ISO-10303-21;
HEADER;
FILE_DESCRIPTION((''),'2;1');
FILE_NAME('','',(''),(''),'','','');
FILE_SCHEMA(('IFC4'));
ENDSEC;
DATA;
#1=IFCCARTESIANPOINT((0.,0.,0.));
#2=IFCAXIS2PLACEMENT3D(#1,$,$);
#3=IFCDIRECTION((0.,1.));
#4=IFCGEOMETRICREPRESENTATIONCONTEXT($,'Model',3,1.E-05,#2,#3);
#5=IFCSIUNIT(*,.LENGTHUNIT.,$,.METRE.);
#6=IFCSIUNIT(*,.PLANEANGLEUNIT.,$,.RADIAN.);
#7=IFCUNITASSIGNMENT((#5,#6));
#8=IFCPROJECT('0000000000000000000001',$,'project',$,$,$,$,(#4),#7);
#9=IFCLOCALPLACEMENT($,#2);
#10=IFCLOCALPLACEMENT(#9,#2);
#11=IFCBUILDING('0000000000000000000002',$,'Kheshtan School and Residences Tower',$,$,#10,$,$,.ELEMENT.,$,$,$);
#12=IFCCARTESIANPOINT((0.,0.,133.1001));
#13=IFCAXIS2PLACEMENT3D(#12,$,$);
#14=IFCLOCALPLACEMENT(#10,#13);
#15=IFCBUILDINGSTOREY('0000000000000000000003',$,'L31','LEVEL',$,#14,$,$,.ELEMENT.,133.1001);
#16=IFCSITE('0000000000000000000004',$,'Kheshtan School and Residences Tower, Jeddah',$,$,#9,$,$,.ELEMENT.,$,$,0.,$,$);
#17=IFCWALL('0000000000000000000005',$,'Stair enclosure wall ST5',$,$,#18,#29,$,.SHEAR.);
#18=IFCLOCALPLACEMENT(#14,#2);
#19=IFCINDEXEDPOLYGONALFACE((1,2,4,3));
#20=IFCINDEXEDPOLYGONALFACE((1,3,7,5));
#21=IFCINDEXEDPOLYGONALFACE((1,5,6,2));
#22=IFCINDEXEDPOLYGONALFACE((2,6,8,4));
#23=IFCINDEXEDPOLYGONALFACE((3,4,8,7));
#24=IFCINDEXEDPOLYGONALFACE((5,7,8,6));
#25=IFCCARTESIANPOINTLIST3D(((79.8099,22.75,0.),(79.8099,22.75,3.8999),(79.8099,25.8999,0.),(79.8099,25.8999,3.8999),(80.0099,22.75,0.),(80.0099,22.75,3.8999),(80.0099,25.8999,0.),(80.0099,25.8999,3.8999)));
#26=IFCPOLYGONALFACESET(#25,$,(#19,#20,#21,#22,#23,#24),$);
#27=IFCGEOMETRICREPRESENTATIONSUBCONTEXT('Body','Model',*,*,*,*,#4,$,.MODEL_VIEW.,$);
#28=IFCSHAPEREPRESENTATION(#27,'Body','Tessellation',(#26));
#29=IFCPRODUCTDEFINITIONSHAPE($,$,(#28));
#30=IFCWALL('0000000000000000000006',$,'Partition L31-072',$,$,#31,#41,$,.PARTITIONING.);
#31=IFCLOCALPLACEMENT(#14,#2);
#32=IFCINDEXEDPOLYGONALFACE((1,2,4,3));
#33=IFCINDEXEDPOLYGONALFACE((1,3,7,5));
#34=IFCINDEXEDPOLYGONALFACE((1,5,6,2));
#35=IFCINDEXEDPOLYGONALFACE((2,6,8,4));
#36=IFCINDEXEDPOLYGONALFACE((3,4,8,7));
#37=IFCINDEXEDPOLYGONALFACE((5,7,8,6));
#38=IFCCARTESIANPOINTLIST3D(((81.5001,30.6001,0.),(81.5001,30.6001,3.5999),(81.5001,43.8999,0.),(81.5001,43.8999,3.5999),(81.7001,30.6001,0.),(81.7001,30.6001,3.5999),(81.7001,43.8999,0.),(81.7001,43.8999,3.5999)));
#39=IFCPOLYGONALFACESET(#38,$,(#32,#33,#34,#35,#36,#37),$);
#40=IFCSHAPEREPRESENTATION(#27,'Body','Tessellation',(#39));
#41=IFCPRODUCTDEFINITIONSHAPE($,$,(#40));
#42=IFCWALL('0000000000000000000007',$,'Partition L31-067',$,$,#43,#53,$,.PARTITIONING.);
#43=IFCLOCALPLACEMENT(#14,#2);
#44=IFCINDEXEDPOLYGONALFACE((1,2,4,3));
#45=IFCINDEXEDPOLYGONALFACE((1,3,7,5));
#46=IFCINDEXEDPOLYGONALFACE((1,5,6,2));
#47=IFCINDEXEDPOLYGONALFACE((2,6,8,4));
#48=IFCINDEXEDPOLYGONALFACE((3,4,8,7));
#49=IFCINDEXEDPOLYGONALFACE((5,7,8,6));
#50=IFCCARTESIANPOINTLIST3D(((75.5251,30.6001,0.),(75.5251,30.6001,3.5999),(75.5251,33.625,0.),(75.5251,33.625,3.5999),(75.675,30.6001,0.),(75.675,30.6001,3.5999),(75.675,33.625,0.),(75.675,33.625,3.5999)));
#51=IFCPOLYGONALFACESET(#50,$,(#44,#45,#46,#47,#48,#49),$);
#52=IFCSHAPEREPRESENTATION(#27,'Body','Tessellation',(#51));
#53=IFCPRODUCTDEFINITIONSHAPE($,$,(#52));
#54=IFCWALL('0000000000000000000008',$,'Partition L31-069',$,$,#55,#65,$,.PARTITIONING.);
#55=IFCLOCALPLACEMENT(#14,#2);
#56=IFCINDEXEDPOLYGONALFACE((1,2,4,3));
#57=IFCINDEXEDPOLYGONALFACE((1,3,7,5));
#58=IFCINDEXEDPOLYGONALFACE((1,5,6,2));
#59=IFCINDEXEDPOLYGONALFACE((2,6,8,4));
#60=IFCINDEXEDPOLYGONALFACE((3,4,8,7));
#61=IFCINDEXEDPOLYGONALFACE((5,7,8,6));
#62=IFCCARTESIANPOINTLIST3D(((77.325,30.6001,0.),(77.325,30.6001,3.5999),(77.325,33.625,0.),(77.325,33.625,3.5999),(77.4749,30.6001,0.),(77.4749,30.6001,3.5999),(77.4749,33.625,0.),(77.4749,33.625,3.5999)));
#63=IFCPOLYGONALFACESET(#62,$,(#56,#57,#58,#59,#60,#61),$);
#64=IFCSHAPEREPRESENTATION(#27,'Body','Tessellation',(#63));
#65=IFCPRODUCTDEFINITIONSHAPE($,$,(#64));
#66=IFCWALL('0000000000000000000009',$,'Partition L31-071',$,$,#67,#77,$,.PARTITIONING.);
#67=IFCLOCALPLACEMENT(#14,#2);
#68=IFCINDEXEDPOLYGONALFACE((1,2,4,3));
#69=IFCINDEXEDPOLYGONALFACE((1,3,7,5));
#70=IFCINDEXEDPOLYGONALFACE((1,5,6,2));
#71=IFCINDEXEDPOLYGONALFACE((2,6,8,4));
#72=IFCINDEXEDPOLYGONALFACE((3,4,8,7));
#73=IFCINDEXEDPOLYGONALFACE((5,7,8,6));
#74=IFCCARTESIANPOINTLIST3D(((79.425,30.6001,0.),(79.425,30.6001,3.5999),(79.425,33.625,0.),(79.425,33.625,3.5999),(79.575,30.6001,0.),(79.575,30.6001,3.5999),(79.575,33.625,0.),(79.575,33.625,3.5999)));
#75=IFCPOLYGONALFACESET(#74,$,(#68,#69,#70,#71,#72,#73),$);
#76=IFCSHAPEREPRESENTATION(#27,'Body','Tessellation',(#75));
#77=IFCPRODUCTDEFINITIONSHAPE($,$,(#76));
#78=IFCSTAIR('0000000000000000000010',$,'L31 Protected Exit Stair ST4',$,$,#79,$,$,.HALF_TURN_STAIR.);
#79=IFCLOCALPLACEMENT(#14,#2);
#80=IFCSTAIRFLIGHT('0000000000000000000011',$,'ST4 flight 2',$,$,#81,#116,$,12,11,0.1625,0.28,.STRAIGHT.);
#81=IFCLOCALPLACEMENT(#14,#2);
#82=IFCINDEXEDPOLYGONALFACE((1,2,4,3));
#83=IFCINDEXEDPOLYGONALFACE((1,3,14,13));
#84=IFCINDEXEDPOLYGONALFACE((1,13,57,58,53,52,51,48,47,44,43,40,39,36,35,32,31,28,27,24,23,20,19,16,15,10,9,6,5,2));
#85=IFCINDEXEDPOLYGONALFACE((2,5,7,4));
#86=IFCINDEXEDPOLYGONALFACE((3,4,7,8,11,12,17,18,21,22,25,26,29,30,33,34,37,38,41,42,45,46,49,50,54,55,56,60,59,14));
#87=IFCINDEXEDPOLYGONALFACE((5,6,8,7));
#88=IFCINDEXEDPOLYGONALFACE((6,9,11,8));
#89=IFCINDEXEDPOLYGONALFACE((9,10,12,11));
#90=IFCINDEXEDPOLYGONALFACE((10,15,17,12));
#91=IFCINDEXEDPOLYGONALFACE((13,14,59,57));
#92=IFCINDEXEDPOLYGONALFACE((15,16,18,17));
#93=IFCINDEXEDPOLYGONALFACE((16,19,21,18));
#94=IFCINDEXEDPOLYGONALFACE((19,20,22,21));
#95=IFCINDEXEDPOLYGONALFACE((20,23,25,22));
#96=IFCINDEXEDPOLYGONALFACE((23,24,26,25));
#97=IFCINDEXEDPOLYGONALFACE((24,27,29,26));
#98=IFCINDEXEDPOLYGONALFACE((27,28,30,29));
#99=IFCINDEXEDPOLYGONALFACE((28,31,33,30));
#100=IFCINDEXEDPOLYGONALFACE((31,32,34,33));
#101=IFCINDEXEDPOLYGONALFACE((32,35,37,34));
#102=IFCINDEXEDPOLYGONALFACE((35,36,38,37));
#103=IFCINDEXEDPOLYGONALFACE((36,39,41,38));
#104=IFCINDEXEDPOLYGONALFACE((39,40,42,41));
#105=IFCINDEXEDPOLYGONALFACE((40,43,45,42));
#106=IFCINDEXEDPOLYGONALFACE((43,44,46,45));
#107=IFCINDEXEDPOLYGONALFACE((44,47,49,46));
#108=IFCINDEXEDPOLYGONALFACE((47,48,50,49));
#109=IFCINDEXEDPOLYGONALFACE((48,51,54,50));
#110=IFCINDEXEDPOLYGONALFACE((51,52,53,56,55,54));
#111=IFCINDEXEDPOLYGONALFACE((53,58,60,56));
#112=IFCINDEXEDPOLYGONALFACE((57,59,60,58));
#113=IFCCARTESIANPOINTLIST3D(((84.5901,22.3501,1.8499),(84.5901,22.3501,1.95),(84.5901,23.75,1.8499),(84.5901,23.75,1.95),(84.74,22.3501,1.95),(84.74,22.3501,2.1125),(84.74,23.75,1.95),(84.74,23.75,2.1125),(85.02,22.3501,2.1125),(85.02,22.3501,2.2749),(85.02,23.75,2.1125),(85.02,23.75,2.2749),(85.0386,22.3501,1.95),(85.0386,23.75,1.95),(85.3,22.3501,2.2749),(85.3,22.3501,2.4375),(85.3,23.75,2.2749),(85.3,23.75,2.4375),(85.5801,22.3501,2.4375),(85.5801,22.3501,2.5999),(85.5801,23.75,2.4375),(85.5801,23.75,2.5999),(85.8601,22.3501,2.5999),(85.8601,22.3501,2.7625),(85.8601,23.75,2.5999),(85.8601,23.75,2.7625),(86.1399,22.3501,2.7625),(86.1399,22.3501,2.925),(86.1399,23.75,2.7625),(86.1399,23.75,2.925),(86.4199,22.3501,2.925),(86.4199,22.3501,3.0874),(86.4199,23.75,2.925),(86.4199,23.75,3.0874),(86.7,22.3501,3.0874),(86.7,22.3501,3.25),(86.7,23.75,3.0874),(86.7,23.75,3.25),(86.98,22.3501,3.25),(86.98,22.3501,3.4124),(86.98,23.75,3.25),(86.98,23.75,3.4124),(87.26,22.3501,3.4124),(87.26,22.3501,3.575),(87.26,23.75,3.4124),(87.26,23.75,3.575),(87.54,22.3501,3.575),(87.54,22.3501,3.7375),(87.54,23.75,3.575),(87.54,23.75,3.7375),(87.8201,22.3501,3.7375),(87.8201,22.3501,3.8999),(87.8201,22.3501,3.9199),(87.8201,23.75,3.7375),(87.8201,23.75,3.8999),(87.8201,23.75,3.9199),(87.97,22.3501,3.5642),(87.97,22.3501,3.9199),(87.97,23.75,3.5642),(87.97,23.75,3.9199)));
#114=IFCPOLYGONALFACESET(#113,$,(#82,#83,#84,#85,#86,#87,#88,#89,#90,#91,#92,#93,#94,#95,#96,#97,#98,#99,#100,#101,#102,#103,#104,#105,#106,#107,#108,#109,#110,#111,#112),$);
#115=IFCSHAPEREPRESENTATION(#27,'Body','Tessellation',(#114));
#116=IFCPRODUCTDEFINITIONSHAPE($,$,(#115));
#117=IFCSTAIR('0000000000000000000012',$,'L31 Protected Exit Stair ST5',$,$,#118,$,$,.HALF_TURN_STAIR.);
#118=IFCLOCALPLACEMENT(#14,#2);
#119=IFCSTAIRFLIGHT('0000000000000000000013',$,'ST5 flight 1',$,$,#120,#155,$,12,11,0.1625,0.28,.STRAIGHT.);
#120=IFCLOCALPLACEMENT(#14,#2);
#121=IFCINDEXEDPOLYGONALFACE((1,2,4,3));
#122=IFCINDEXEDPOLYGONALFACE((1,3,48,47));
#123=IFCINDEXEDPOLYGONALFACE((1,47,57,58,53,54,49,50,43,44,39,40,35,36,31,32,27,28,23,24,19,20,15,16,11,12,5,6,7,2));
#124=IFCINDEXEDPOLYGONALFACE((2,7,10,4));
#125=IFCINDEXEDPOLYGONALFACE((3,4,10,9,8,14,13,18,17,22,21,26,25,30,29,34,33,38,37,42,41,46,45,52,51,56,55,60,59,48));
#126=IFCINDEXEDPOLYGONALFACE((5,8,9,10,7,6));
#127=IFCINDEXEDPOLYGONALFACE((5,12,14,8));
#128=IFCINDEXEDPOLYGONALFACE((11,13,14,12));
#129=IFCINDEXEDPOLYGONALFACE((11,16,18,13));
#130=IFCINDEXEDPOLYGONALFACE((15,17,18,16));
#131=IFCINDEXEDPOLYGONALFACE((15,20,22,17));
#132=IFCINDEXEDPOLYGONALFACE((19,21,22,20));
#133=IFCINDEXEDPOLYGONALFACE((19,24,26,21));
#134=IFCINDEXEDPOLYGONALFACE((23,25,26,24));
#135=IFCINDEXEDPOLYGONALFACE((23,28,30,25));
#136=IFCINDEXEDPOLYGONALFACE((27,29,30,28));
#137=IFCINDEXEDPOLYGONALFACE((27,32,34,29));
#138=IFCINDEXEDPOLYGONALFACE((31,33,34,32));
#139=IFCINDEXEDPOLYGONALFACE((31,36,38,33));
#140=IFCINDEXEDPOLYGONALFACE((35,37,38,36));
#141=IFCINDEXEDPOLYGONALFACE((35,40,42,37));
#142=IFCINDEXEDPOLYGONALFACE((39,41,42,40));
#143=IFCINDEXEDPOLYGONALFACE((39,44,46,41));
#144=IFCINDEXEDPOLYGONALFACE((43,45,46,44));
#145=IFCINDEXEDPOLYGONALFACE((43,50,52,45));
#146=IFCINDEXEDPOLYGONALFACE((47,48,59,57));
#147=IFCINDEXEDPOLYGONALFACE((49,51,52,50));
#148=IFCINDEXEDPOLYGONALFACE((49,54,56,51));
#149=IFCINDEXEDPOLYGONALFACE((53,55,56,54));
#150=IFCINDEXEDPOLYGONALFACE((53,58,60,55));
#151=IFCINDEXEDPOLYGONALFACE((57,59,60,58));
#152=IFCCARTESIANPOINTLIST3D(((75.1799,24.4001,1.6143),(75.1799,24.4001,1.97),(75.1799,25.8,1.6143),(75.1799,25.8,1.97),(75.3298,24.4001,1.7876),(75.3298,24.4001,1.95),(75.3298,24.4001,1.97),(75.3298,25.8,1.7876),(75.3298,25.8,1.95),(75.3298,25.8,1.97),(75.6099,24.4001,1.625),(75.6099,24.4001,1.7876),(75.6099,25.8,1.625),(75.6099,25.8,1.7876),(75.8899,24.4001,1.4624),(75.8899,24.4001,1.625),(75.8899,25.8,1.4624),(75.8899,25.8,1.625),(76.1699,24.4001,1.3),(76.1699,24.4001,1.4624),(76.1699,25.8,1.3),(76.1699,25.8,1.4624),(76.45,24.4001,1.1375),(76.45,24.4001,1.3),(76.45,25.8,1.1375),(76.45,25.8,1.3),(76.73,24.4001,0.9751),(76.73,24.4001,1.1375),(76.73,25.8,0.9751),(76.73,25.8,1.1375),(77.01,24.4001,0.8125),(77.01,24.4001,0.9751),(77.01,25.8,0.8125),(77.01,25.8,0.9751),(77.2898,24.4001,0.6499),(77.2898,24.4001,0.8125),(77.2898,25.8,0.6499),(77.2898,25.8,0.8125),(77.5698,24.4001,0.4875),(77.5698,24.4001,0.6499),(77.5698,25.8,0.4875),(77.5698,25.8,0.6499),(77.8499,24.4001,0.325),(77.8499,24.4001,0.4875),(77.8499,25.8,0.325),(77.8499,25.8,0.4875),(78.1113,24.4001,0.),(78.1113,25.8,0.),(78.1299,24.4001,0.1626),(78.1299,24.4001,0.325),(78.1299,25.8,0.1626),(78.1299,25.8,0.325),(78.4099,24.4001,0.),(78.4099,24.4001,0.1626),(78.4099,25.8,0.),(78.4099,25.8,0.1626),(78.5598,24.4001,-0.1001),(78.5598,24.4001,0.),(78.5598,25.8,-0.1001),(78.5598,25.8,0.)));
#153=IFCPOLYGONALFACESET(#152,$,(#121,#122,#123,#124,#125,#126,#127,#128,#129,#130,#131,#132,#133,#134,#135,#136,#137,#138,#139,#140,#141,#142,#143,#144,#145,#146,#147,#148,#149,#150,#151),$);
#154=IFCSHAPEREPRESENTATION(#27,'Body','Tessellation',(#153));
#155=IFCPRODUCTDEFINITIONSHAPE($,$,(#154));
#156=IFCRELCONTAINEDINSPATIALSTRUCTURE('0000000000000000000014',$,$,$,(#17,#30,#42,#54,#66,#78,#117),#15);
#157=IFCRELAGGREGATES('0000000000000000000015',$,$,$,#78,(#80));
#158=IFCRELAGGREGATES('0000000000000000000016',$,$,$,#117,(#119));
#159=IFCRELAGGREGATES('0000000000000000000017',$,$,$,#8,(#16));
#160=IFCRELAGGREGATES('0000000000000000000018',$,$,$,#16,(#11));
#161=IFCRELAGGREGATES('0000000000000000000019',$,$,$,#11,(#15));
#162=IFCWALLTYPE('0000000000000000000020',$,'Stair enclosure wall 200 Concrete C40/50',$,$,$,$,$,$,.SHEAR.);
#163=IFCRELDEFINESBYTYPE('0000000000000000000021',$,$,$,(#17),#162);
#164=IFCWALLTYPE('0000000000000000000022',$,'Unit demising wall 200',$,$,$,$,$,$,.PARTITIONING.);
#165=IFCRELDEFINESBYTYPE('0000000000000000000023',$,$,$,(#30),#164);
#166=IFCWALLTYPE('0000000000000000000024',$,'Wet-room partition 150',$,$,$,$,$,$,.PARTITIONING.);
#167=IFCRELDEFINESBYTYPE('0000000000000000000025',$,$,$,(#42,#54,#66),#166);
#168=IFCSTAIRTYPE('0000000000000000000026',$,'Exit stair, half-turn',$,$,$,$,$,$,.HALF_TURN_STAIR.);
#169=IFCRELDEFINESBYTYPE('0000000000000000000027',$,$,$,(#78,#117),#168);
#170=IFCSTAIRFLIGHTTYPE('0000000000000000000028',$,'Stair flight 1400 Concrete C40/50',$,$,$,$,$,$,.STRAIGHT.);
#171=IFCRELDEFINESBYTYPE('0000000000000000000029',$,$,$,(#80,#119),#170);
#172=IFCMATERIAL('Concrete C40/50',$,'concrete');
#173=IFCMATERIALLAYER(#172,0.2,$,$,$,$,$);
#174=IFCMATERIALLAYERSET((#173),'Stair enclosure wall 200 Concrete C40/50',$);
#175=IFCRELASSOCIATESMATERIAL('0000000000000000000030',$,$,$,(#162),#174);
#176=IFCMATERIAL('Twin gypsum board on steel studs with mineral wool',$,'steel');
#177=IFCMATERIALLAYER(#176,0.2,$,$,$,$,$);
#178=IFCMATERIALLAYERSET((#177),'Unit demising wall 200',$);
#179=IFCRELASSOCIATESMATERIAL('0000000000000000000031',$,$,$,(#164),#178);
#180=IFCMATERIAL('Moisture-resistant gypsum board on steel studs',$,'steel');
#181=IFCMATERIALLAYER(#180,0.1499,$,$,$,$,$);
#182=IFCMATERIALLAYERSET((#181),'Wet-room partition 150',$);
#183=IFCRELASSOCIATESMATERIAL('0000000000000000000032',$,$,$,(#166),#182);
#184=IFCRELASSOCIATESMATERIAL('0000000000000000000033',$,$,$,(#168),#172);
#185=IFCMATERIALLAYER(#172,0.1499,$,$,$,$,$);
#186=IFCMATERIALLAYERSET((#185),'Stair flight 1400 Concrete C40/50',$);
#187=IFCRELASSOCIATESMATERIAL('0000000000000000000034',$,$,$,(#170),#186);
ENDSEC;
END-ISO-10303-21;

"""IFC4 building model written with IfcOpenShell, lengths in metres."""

from ifc_helpers import new_model, si_unit, direction, frame, frame_2d, origin, place, context, subcontext, project, spatial, polyline, rectangle, outline, extrude, material, layer, layer_set, type_object, element, aggregate, save


model = new_model("IFC4")

# Units and contexts
model_context = context("Model", 3, precision=1e-05, world=origin(), true_north=direction((0.0, 1.0)))
body_context = subcontext(model_context, "Body", "Model", "MODEL_VIEW")
ifc_project = project(units=[si_unit("LENGTHUNIT", "METRE"), si_unit("PLANEANGLEUNIT", "RADIAN")], contexts=[model_context])

# Site, building, storey
site_placement = place(None, origin())
site = spatial("IfcSite", under=ifc_project, at=site_placement, Name="Kheshtan School and Residences Tower, Jeddah", CompositionType="ELEMENT", RefElevation=0.0)
building_placement = place(site_placement, origin())
building = spatial("IfcBuilding", under=site, at=building_placement, Name="Kheshtan School and Residences Tower", CompositionType="ELEMENT")
storey_placement = place(building_placement, frame((0.0, 0.0, 133.1001)))
storey = spatial("IfcBuildingStorey", under=building, at=storey_placement, Name="L31", Description="LEVEL", CompositionType="ELEMENT", Elevation=133.1001)

# Shared definitions
ifc_material_1 = material(Name="Concrete C40/50", Category="concrete")
ifc_layer_1 = layer(ifc_material_1, 0.2)
ifc_layer_set_1 = layer_set([ifc_layer_1], Name="Stair enclosure wall 200 Concrete C40/50")
wall_type_1 = type_object("IfcWallType", Name="Stair enclosure wall 200 Concrete C40/50", PredefinedType="SHEAR", material=ifc_layer_set_1)

# Walls
for number, where, z_axis, x_axis, name in (
    (1, (79.9099, 22.75, 0.0), (0.0, 0.0, 1.0), (0.0, 1.0, 0.0), "Stair enclosure wall ST5"),
):
    element("IfcWall", number, at=place(storey_placement, frame(where, z_axis=z_axis, x_axis=x_axis)), inside=storey, type_object=wall_type_1, Name=name, PredefinedType="SHEAR", context=body_context, shape_type="SweptSolid", body=[
        extrude(rectangle(XDim=3.1499, YDim=0.2, at=frame_2d((1.575, 0.0))), origin(), (0.0, 0.0, 1.0), 3.8999),
    ])
ifc_material_2 = material(Name="Twin gypsum board on steel studs with mineral wool", Category="steel")
ifc_layer_2 = layer(ifc_material_2, 0.2)
ifc_layer_set_2 = layer_set([ifc_layer_2], Name="Unit demising wall 200")
wall_type_2 = type_object("IfcWallType", Name="Unit demising wall 200", PredefinedType="PARTITIONING", material=ifc_layer_set_2)
wall_1_placement = place(storey_placement, frame((81.6001, 30.6001, 0.0), z_axis=(0.0, 0.0, 1.0), x_axis=(0.0, 1.0, 0.0)))
element("IfcWall", 2, at=wall_1_placement, inside=storey, type_object=wall_type_2, Name="Partition L31-072", PredefinedType="PARTITIONING", context=body_context, shape_type="SweptSolid", body=[
    extrude(rectangle(XDim=13.2998, YDim=0.2, at=frame_2d((6.6499, 0.0))), origin(), (0.0, 0.0, 1.0), 3.5999),
])
ifc_material_3 = material(Name="Moisture-resistant gypsum board on steel studs", Category="steel")
ifc_layer_3 = layer(ifc_material_3, 0.1499)
ifc_layer_set_3 = layer_set([ifc_layer_3], Name="Wet-room partition 150")
wall_type_3 = type_object("IfcWallType", Name="Wet-room partition 150", PredefinedType="PARTITIONING", material=ifc_layer_set_3)
for number, where, z_axis, x_axis, name in (
    (3, (75.6001, 30.6001, 0.0), (0.0, 0.0, 1.0), (0.0, 1.0, 0.0), "Partition L31-067"),
    (4, (77.3999, 30.6001, 0.0), (0.0, 0.0, 1.0), (0.0, 1.0, 0.0), "Partition L31-069"),
    (5, (79.5, 30.6001, 0.0), (0.0, 0.0, 1.0), (0.0, 1.0, 0.0), "Partition L31-071"),
):
    element("IfcWall", number, at=place(storey_placement, frame(where, z_axis=z_axis, x_axis=x_axis)), inside=storey, type_object=wall_type_3, Name=name, PredefinedType="PARTITIONING", context=body_context, shape_type="SweptSolid", body=[
        extrude(rectangle(XDim=3.0249, YDim=0.1499, at=frame_2d((1.5125, 0.0))), origin(), (0.0, 0.0, 1.0), 3.5999),
    ])

# Stair, stair flight
stair_type = type_object("IfcStairType", Name="Exit stair, half-turn", PredefinedType="HALF_TURN_STAIR", material=ifc_material_1)
stair_1_placement = place(storey_placement, origin())
stair_1 = element("IfcStair", 6, at=stair_1_placement, inside=storey, type_object=stair_type, Name="L31 Protected Exit Stair ST4", PredefinedType="HALF_TURN_STAIR")
ifc_layer_4 = layer(ifc_material_1, 0.1499)
ifc_layer_set_4 = layer_set([ifc_layer_4], Name="Stair flight 1400 Concrete C40/50")
stair_flight_type = type_object("IfcStairFlightType", Name="Stair flight 1400 Concrete C40/50", PredefinedType="STRAIGHT", material=ifc_layer_set_4)
stair_flight_1_placement = place(storey_placement, frame((84.74, 23.05, 1.95), z_axis=(0.0, 0.0, 1.0), x_axis=(1.0, 0.0, 0.0)))
stair_flight_1 = element("IfcStairFlight", 7, at=stair_flight_1_placement, type_object=stair_flight_type, Name="ST4 flight 2", NumberOfRisers=12, NumberOfTreads=11, PredefinedType="STRAIGHT", RiserHeight=0.1625, TreadLength=0.28, context=body_context, shape_type="SweptSolid", body=[
    extrude(outline(polyline([(-0.1499, -0.1001), (-0.1499, 0.0), (0.0, 0.0), (0.0, 0.1626), (0.28, 0.1626), (0.28, 0.325), (0.5601, 0.325), (0.5601, 0.4875), (0.8401, 0.4875), (0.8401, 0.6499), (1.1201, 0.6499), (1.1201, 0.8125), (1.3999, 0.8125), (1.3999, 0.9751), (1.6799, 0.9751), (1.6799, 1.1375), (1.96, 1.1375), (1.96, 1.3), (2.24, 1.3), (2.24, 1.4624), (2.52, 1.4624), (2.52, 1.625), (2.8, 1.625), (2.8, 1.7876), (3.0801, 1.7876), (3.0801, 1.95), (3.0801, 1.97), (3.23, 1.97), (3.23, 1.6143), (0.2986, 0.0), (-0.1499, -0.1001)])), frame((0.0, 0.7, 0.0), z_axis=(0.0, -1.0, 0.0), x_axis=(1.0, 0.0, 0.0)), (0.0, 0.0, 1.0), 1.3999),
])
aggregate(stair_1, [stair_flight_1])

# Stair, stair flight
stair_2_placement = place(storey_placement, origin())
stair_2 = element("IfcStair", 8, at=stair_2_placement, inside=storey, type_object=stair_type, Name="L31 Protected Exit Stair ST5", PredefinedType="HALF_TURN_STAIR")
stair_flight_2_placement = place(storey_placement, frame((78.4099, 25.1001, 0.0), z_axis=(0.0, 0.0, 1.0), x_axis=(-1.0, 0.0, 0.0)))
stair_flight_2 = element("IfcStairFlight", 9, at=stair_flight_2_placement, type_object=stair_flight_type, Name="ST5 flight 1", NumberOfRisers=12, NumberOfTreads=11, PredefinedType="STRAIGHT", RiserHeight=0.1625, TreadLength=0.28, context=body_context, shape_type="SweptSolid", body=[
    extrude(outline(polyline([(-0.1499, -0.1001), (-0.1499, 0.0), (0.0, 0.0), (0.0, 0.1626), (0.28, 0.1626), (0.28, 0.325), (0.5601, 0.325), (0.5601, 0.4875), (0.8401, 0.4875), (0.8401, 0.6499), (1.1201, 0.6499), (1.1201, 0.8125), (1.3999, 0.8125), (1.3999, 0.9751), (1.6799, 0.9751), (1.6799, 1.1375), (1.96, 1.1375), (1.96, 1.3), (2.24, 1.3), (2.24, 1.4624), (2.52, 1.4624), (2.52, 1.625), (2.8, 1.625), (2.8, 1.7876), (3.0801, 1.7876), (3.0801, 1.95), (3.0801, 1.97), (3.23, 1.97), (3.23, 1.6143), (0.2986, 0.0), (-0.1499, -0.1001)])), frame((0.0, 0.7, 0.0), z_axis=(0.0, -1.0, 0.0), x_axis=(1.0, 0.0, 0.0)), (0.0, 0.0, 1.0), 1.3999),
])
aggregate(stair_2, [stair_flight_2])

save(model, "model.ifc")
